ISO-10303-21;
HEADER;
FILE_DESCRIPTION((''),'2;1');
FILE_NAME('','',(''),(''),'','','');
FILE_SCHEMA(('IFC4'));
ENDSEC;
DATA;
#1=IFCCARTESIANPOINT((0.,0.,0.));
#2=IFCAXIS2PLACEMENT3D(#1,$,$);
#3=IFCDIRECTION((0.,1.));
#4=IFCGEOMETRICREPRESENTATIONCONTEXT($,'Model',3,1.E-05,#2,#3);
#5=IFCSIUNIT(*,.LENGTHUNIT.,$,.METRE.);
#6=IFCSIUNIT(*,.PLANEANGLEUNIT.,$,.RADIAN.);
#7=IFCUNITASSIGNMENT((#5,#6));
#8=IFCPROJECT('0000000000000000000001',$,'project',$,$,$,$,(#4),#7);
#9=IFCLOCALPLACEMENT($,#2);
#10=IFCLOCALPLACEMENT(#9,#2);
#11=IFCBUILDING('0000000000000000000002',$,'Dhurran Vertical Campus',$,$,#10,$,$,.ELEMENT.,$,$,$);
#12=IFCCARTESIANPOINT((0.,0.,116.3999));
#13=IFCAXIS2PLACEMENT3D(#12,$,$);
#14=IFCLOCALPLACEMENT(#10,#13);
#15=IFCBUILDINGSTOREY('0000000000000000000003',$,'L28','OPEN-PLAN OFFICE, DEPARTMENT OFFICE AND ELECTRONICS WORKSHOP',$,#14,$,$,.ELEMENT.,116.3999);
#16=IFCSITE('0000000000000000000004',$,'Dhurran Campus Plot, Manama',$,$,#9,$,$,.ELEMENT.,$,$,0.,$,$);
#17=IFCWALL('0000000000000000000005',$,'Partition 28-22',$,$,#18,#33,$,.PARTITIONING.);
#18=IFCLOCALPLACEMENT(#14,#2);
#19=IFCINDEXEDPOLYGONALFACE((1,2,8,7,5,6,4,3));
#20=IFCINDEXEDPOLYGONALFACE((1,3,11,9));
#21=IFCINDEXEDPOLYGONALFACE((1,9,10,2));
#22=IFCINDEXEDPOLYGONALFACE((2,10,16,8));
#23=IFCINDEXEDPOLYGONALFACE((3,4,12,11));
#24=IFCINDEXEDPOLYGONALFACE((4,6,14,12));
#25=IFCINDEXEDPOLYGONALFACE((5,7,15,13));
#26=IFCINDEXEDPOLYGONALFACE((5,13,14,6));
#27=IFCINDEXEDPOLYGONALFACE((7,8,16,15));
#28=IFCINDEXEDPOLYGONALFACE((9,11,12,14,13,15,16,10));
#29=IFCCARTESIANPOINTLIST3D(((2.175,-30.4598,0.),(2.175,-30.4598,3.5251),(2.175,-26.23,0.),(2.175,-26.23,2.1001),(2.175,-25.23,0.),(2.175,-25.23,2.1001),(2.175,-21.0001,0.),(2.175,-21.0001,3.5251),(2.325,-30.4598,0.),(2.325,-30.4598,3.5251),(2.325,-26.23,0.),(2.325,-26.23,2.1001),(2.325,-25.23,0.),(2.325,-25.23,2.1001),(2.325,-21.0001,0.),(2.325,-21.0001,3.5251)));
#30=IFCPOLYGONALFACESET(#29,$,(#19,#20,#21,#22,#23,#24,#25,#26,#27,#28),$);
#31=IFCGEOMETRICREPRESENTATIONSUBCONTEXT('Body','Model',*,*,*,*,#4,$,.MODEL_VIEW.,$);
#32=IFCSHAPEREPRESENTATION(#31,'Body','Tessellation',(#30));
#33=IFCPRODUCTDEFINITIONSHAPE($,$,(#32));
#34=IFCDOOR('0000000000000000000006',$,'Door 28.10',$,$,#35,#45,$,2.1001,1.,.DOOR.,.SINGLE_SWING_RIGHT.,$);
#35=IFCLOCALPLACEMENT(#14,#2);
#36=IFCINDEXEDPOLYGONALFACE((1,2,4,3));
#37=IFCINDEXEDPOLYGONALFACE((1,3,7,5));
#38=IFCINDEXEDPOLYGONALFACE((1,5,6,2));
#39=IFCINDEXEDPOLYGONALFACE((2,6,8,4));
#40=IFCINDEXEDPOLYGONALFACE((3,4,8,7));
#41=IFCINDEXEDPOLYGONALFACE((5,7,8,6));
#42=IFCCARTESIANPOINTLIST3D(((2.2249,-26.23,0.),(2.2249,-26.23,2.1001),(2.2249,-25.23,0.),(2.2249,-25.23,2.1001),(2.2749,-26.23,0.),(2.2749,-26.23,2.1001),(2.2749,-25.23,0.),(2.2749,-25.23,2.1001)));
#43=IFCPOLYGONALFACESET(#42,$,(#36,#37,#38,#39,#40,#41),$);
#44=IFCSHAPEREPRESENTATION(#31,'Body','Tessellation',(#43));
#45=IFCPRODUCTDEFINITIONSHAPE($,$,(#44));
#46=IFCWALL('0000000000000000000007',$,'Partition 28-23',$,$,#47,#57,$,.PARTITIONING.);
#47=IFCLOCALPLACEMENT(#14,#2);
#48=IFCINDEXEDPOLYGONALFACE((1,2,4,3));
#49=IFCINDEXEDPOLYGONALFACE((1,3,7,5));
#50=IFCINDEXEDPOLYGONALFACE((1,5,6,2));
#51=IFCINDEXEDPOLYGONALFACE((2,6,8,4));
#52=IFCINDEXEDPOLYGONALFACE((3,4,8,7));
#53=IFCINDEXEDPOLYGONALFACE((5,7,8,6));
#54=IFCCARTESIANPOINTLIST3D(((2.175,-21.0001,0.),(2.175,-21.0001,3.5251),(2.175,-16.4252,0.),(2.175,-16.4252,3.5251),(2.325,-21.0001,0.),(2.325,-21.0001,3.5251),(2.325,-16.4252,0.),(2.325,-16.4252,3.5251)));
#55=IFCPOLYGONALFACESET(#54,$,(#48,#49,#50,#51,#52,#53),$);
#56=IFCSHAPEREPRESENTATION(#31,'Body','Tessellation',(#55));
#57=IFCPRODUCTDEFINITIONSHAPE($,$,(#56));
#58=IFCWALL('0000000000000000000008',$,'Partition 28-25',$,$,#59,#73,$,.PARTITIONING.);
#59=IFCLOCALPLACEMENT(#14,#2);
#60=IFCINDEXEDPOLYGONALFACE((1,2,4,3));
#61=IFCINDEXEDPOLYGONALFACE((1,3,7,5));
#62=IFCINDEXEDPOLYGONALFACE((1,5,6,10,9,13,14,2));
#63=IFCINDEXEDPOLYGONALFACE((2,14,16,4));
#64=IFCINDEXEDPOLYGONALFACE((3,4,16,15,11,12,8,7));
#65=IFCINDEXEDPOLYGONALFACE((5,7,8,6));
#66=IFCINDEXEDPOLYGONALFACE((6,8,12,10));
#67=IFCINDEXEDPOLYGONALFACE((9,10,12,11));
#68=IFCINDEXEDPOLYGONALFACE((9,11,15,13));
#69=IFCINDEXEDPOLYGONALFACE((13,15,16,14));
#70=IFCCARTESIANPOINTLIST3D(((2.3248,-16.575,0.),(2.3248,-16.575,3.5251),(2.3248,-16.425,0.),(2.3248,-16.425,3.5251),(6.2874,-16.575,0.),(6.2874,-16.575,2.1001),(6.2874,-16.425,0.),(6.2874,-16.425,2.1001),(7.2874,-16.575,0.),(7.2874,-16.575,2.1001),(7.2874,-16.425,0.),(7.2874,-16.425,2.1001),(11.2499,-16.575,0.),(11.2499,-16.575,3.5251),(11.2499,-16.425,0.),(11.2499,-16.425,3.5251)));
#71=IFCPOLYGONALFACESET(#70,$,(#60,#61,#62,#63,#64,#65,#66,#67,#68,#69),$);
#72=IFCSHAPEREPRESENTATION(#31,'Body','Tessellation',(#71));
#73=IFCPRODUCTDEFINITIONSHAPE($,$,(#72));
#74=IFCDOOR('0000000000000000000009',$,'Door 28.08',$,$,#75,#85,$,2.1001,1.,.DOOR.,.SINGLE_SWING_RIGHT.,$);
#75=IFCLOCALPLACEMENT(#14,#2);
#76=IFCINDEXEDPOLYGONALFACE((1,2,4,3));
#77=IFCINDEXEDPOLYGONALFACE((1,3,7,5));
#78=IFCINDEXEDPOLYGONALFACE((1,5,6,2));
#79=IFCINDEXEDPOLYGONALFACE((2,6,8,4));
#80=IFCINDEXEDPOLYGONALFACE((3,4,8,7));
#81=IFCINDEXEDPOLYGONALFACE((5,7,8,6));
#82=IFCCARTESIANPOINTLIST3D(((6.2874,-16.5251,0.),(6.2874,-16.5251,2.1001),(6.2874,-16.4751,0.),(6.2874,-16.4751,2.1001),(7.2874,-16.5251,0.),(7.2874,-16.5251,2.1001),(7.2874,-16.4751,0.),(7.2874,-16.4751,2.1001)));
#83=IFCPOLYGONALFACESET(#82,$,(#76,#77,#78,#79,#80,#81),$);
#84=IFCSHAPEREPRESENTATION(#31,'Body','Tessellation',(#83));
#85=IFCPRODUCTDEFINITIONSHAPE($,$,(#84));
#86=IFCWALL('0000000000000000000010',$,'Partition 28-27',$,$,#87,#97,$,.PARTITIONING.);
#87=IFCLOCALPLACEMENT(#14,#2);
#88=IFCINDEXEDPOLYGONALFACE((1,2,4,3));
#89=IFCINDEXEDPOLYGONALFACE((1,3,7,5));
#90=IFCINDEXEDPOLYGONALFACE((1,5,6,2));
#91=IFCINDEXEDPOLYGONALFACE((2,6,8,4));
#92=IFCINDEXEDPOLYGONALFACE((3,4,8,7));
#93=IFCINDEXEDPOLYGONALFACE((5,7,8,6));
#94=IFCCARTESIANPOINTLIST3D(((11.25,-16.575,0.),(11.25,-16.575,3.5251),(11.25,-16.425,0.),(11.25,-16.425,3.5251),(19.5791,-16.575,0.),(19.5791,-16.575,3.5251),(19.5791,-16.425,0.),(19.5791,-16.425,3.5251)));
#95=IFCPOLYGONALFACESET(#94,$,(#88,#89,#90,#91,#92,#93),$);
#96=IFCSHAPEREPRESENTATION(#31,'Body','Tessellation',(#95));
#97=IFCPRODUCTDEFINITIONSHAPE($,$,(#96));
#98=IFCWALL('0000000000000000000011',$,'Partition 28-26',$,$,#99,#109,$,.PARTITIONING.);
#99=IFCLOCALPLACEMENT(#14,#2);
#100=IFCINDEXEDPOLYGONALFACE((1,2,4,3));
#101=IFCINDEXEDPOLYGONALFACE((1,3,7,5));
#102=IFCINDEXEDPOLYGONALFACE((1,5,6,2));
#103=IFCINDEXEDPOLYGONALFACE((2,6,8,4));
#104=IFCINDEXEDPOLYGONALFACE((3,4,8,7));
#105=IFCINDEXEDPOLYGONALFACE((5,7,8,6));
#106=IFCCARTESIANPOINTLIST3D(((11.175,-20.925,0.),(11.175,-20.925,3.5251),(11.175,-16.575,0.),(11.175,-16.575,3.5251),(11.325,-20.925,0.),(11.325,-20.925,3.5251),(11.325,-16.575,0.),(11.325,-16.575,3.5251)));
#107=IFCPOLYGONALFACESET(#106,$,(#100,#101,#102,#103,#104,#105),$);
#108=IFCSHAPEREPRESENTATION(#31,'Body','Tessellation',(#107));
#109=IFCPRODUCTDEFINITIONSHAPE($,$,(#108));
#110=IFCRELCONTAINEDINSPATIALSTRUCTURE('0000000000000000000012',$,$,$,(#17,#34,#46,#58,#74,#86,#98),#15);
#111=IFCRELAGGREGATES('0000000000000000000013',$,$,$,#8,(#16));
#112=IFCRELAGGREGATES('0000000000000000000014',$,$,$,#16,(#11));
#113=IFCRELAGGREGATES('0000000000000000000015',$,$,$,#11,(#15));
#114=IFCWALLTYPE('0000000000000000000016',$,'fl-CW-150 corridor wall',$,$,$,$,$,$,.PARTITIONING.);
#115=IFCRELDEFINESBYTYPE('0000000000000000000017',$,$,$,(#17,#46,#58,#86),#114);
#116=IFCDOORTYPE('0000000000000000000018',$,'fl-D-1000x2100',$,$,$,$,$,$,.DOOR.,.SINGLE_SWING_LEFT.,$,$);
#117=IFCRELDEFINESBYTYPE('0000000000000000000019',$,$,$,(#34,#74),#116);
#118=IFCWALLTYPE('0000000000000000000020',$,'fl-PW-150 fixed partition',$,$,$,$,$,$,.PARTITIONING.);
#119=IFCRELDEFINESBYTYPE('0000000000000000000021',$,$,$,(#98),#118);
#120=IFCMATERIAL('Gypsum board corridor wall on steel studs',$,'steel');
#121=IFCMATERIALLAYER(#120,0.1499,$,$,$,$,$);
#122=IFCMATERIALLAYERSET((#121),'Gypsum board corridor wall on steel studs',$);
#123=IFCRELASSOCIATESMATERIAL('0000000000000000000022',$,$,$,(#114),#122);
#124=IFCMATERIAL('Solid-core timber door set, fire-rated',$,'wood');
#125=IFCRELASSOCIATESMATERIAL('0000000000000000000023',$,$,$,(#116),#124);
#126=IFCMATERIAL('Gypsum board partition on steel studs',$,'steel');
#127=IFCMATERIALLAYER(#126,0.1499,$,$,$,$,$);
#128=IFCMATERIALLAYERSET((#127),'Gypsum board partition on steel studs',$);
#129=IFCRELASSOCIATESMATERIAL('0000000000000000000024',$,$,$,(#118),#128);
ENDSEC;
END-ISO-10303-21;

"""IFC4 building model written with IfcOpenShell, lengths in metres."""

from ifc_helpers import new_model, si_unit, direction, frame, frame_2d, origin, place, context, subcontext, project, spatial, rectangle, extrude, material, layer, layer_set, type_object, element, fill, save


model = new_model("IFC4")

# Units and contexts
model_context = context("Model", 3, precision=1e-05, world=origin(), true_north=direction((0.0, 1.0)))
body_context = subcontext(model_context, "Body", "Model", "MODEL_VIEW")
ifc_project = project(units=[si_unit("LENGTHUNIT", "METRE"), si_unit("PLANEANGLEUNIT", "RADIAN")], contexts=[model_context])

# Site, building, storey
site_placement = place(None, origin())
site = spatial("IfcSite", under=ifc_project, at=site_placement, Name="Dhurran Campus Plot, Manama", CompositionType="ELEMENT", RefElevation=0.0)
building_placement = place(site_placement, origin())
building = spatial("IfcBuilding", under=site, at=building_placement, Name="Dhurran Vertical Campus", CompositionType="ELEMENT")
storey_placement = place(building_placement, frame((0.0, 0.0, 116.3999)))
storey = spatial("IfcBuildingStorey", under=building, at=storey_placement, Name="L28", Description="OPEN-PLAN OFFICE, DEPARTMENT OFFICE AND ELECTRONICS WORKSHOP", CompositionType="ELEMENT", Elevation=116.3999)

# Wall, opening, door
ifc_material_1 = material(Name="Gypsum board corridor wall on steel studs", Category="steel")
ifc_layer_1 = layer(ifc_material_1, 0.1499)
ifc_layer_set_1 = layer_set([ifc_layer_1], Name="Gypsum board corridor wall on steel studs")
wall_type_1 = type_object("IfcWallType", Name="fl-CW-150 corridor wall", PredefinedType="PARTITIONING", material=ifc_layer_set_1)
wall_1_placement = place(storey_placement, frame((2.25, -21.0, 0.0), z_axis=(0.0, 0.0, 1.0), x_axis=(0.0, -1.0, 0.0)))
wall_1 = element("IfcWall", 1, at=wall_1_placement, inside=storey, type_object=wall_type_1, Name="Partition 28-22", PredefinedType="PARTITIONING", context=body_context, shape_type="SweptSolid", body=[
    extrude(rectangle(XDim=9.4597, YDim=0.1499, at=frame_2d((4.73, 0.0))), origin(), (0.0, 0.0, 1.0), 3.5251),
])
opening_1_placement = place(wall_1_placement, frame((4.23, 0.0, 0.0)))
opening_1 = element("IfcOpeningElement", 2, at=opening_1_placement, cuts=wall_1, PredefinedType="OPENING", context=body_context, shape_type="SweptSolid", body=[
    extrude(rectangle(XDim=1.0, YDim=2.1001, at=frame_2d((0.5, 1.05))), frame((0.0, 0.085, 0.0), z_axis=(0.0, -1.0, 0.0), x_axis=(1.0, 0.0, 0.0)), (0.0, 0.0, 1.0), 0.1699),
])
ifc_material_2 = material(Name="Solid-core timber door set, fire-rated", Category="wood")
door_type_1 = type_object("IfcDoorType", Name="fl-D-1000x2100", OperationType="SINGLE_SWING_LEFT", PredefinedType="DOOR", material=ifc_material_2)
door_1_placement = place(opening_1_placement, origin())
door_1 = element("IfcDoor", 3, at=door_1_placement, inside=storey, type_object=door_type_1, Name="Door 28.10", OperationType="SINGLE_SWING_RIGHT", OverallHeight=2.1001, OverallWidth=1.0, PredefinedType="DOOR", context=body_context, shape_type="SweptSolid", body=[
    extrude(rectangle(XDim=1.0, YDim=2.1001, at=frame_2d((0.5, 1.05))), frame((0.0, 0.0249, 0.0), z_axis=(0.0, -1.0, 0.0), x_axis=(1.0, 0.0, 0.0)), (0.0, 0.0, 1.0), 0.05),
])
fill(opening_1, door_1)

# Wall
wall_2_placement = place(storey_placement, frame((2.25, -16.425, 0.0), z_axis=(0.0, 0.0, 1.0), x_axis=(0.0, -1.0, 0.0)))
element("IfcWall", 4, at=wall_2_placement, inside=storey, type_object=wall_type_1, Name="Partition 28-23", PredefinedType="PARTITIONING", context=body_context, shape_type="SweptSolid", body=[
    extrude(rectangle(XDim=4.575, YDim=0.1499, at=frame_2d((2.2876, 0.0))), origin(), (0.0, 0.0, 1.0), 3.5251),
])

# Wall, opening, door
wall_3_placement = place(storey_placement, frame((2.325, -16.5, 0.0), z_axis=(0.0, 0.0, 1.0), x_axis=(1.0, 0.0, 0.0)))
wall_3 = element("IfcWall", 5, at=wall_3_placement, inside=storey, type_object=wall_type_1, Name="Partition 28-25", PredefinedType="PARTITIONING", context=body_context, shape_type="SweptSolid", body=[
    extrude(rectangle(XDim=8.925, YDim=0.1499, at=frame_2d((4.4624, 0.0))), origin(), (0.0, 0.0, 1.0), 3.5251),
])
opening_2_placement = place(wall_3_placement, frame((3.9624, 0.0, 0.0)))
opening_2 = element("IfcOpeningElement", 6, at=opening_2_placement, cuts=wall_3, PredefinedType="OPENING", context=body_context, shape_type="SweptSolid", body=[
    extrude(rectangle(XDim=1.0, YDim=2.1001, at=frame_2d((0.5, 1.05))), frame((0.0, 0.085, 0.0), z_axis=(0.0, -1.0, 0.0), x_axis=(1.0, 0.0, 0.0)), (0.0, 0.0, 1.0), 0.1699),
])
door_2_placement = place(opening_2_placement, origin())
door_2 = element("IfcDoor", 7, at=door_2_placement, inside=storey, type_object=door_type_1, Name="Door 28.08", OperationType="SINGLE_SWING_RIGHT", OverallHeight=2.1001, OverallWidth=1.0, PredefinedType="DOOR", context=body_context, shape_type="SweptSolid", body=[
    extrude(rectangle(XDim=1.0, YDim=2.1001, at=frame_2d((0.5, 1.05))), frame((0.0, 0.0249, 0.0), z_axis=(0.0, -1.0, 0.0), x_axis=(1.0, 0.0, 0.0)), (0.0, 0.0, 1.0), 0.05),
])
fill(opening_2, door_2)

# Walls
wall_4_placement = place(storey_placement, frame((11.25, -16.5, 0.0), z_axis=(0.0, 0.0, 1.0), x_axis=(1.0, 0.0, 0.0)))
element("IfcWall", 8, at=wall_4_placement, inside=storey, type_object=wall_type_1, Name="Partition 28-27", PredefinedType="PARTITIONING", context=body_context, shape_type="SweptSolid", body=[
    extrude(rectangle(XDim=8.3291, YDim=0.1499, at=frame_2d((4.1646, 0.0))), origin(), (0.0, 0.0, 1.0), 3.5251),
])
ifc_material_3 = material(Name="Gypsum board partition on steel studs", Category="steel")
ifc_layer_2 = layer(ifc_material_3, 0.1499)
ifc_layer_set_2 = layer_set([ifc_layer_2], Name="Gypsum board partition on steel studs")
wall_type_2 = type_object("IfcWallType", Name="fl-PW-150 fixed partition", PredefinedType="PARTITIONING", material=ifc_layer_set_2)
wall_5_placement = place(storey_placement, frame((11.25, -16.575, 0.0), z_axis=(0.0, 0.0, 1.0), x_axis=(0.0, -1.0, 0.0)))
element("IfcWall", 9, at=wall_5_placement, inside=storey, type_object=wall_type_2, Name="Partition 28-26", PredefinedType="PARTITIONING", context=body_context, shape_type="SweptSolid", body=[
    extrude(rectangle(XDim=4.3501, YDim=0.1499, at=frame_2d((2.175, 0.0))), origin(), (0.0, 0.0, 1.0), 3.5251),
])

save(model, "model.ifc")
